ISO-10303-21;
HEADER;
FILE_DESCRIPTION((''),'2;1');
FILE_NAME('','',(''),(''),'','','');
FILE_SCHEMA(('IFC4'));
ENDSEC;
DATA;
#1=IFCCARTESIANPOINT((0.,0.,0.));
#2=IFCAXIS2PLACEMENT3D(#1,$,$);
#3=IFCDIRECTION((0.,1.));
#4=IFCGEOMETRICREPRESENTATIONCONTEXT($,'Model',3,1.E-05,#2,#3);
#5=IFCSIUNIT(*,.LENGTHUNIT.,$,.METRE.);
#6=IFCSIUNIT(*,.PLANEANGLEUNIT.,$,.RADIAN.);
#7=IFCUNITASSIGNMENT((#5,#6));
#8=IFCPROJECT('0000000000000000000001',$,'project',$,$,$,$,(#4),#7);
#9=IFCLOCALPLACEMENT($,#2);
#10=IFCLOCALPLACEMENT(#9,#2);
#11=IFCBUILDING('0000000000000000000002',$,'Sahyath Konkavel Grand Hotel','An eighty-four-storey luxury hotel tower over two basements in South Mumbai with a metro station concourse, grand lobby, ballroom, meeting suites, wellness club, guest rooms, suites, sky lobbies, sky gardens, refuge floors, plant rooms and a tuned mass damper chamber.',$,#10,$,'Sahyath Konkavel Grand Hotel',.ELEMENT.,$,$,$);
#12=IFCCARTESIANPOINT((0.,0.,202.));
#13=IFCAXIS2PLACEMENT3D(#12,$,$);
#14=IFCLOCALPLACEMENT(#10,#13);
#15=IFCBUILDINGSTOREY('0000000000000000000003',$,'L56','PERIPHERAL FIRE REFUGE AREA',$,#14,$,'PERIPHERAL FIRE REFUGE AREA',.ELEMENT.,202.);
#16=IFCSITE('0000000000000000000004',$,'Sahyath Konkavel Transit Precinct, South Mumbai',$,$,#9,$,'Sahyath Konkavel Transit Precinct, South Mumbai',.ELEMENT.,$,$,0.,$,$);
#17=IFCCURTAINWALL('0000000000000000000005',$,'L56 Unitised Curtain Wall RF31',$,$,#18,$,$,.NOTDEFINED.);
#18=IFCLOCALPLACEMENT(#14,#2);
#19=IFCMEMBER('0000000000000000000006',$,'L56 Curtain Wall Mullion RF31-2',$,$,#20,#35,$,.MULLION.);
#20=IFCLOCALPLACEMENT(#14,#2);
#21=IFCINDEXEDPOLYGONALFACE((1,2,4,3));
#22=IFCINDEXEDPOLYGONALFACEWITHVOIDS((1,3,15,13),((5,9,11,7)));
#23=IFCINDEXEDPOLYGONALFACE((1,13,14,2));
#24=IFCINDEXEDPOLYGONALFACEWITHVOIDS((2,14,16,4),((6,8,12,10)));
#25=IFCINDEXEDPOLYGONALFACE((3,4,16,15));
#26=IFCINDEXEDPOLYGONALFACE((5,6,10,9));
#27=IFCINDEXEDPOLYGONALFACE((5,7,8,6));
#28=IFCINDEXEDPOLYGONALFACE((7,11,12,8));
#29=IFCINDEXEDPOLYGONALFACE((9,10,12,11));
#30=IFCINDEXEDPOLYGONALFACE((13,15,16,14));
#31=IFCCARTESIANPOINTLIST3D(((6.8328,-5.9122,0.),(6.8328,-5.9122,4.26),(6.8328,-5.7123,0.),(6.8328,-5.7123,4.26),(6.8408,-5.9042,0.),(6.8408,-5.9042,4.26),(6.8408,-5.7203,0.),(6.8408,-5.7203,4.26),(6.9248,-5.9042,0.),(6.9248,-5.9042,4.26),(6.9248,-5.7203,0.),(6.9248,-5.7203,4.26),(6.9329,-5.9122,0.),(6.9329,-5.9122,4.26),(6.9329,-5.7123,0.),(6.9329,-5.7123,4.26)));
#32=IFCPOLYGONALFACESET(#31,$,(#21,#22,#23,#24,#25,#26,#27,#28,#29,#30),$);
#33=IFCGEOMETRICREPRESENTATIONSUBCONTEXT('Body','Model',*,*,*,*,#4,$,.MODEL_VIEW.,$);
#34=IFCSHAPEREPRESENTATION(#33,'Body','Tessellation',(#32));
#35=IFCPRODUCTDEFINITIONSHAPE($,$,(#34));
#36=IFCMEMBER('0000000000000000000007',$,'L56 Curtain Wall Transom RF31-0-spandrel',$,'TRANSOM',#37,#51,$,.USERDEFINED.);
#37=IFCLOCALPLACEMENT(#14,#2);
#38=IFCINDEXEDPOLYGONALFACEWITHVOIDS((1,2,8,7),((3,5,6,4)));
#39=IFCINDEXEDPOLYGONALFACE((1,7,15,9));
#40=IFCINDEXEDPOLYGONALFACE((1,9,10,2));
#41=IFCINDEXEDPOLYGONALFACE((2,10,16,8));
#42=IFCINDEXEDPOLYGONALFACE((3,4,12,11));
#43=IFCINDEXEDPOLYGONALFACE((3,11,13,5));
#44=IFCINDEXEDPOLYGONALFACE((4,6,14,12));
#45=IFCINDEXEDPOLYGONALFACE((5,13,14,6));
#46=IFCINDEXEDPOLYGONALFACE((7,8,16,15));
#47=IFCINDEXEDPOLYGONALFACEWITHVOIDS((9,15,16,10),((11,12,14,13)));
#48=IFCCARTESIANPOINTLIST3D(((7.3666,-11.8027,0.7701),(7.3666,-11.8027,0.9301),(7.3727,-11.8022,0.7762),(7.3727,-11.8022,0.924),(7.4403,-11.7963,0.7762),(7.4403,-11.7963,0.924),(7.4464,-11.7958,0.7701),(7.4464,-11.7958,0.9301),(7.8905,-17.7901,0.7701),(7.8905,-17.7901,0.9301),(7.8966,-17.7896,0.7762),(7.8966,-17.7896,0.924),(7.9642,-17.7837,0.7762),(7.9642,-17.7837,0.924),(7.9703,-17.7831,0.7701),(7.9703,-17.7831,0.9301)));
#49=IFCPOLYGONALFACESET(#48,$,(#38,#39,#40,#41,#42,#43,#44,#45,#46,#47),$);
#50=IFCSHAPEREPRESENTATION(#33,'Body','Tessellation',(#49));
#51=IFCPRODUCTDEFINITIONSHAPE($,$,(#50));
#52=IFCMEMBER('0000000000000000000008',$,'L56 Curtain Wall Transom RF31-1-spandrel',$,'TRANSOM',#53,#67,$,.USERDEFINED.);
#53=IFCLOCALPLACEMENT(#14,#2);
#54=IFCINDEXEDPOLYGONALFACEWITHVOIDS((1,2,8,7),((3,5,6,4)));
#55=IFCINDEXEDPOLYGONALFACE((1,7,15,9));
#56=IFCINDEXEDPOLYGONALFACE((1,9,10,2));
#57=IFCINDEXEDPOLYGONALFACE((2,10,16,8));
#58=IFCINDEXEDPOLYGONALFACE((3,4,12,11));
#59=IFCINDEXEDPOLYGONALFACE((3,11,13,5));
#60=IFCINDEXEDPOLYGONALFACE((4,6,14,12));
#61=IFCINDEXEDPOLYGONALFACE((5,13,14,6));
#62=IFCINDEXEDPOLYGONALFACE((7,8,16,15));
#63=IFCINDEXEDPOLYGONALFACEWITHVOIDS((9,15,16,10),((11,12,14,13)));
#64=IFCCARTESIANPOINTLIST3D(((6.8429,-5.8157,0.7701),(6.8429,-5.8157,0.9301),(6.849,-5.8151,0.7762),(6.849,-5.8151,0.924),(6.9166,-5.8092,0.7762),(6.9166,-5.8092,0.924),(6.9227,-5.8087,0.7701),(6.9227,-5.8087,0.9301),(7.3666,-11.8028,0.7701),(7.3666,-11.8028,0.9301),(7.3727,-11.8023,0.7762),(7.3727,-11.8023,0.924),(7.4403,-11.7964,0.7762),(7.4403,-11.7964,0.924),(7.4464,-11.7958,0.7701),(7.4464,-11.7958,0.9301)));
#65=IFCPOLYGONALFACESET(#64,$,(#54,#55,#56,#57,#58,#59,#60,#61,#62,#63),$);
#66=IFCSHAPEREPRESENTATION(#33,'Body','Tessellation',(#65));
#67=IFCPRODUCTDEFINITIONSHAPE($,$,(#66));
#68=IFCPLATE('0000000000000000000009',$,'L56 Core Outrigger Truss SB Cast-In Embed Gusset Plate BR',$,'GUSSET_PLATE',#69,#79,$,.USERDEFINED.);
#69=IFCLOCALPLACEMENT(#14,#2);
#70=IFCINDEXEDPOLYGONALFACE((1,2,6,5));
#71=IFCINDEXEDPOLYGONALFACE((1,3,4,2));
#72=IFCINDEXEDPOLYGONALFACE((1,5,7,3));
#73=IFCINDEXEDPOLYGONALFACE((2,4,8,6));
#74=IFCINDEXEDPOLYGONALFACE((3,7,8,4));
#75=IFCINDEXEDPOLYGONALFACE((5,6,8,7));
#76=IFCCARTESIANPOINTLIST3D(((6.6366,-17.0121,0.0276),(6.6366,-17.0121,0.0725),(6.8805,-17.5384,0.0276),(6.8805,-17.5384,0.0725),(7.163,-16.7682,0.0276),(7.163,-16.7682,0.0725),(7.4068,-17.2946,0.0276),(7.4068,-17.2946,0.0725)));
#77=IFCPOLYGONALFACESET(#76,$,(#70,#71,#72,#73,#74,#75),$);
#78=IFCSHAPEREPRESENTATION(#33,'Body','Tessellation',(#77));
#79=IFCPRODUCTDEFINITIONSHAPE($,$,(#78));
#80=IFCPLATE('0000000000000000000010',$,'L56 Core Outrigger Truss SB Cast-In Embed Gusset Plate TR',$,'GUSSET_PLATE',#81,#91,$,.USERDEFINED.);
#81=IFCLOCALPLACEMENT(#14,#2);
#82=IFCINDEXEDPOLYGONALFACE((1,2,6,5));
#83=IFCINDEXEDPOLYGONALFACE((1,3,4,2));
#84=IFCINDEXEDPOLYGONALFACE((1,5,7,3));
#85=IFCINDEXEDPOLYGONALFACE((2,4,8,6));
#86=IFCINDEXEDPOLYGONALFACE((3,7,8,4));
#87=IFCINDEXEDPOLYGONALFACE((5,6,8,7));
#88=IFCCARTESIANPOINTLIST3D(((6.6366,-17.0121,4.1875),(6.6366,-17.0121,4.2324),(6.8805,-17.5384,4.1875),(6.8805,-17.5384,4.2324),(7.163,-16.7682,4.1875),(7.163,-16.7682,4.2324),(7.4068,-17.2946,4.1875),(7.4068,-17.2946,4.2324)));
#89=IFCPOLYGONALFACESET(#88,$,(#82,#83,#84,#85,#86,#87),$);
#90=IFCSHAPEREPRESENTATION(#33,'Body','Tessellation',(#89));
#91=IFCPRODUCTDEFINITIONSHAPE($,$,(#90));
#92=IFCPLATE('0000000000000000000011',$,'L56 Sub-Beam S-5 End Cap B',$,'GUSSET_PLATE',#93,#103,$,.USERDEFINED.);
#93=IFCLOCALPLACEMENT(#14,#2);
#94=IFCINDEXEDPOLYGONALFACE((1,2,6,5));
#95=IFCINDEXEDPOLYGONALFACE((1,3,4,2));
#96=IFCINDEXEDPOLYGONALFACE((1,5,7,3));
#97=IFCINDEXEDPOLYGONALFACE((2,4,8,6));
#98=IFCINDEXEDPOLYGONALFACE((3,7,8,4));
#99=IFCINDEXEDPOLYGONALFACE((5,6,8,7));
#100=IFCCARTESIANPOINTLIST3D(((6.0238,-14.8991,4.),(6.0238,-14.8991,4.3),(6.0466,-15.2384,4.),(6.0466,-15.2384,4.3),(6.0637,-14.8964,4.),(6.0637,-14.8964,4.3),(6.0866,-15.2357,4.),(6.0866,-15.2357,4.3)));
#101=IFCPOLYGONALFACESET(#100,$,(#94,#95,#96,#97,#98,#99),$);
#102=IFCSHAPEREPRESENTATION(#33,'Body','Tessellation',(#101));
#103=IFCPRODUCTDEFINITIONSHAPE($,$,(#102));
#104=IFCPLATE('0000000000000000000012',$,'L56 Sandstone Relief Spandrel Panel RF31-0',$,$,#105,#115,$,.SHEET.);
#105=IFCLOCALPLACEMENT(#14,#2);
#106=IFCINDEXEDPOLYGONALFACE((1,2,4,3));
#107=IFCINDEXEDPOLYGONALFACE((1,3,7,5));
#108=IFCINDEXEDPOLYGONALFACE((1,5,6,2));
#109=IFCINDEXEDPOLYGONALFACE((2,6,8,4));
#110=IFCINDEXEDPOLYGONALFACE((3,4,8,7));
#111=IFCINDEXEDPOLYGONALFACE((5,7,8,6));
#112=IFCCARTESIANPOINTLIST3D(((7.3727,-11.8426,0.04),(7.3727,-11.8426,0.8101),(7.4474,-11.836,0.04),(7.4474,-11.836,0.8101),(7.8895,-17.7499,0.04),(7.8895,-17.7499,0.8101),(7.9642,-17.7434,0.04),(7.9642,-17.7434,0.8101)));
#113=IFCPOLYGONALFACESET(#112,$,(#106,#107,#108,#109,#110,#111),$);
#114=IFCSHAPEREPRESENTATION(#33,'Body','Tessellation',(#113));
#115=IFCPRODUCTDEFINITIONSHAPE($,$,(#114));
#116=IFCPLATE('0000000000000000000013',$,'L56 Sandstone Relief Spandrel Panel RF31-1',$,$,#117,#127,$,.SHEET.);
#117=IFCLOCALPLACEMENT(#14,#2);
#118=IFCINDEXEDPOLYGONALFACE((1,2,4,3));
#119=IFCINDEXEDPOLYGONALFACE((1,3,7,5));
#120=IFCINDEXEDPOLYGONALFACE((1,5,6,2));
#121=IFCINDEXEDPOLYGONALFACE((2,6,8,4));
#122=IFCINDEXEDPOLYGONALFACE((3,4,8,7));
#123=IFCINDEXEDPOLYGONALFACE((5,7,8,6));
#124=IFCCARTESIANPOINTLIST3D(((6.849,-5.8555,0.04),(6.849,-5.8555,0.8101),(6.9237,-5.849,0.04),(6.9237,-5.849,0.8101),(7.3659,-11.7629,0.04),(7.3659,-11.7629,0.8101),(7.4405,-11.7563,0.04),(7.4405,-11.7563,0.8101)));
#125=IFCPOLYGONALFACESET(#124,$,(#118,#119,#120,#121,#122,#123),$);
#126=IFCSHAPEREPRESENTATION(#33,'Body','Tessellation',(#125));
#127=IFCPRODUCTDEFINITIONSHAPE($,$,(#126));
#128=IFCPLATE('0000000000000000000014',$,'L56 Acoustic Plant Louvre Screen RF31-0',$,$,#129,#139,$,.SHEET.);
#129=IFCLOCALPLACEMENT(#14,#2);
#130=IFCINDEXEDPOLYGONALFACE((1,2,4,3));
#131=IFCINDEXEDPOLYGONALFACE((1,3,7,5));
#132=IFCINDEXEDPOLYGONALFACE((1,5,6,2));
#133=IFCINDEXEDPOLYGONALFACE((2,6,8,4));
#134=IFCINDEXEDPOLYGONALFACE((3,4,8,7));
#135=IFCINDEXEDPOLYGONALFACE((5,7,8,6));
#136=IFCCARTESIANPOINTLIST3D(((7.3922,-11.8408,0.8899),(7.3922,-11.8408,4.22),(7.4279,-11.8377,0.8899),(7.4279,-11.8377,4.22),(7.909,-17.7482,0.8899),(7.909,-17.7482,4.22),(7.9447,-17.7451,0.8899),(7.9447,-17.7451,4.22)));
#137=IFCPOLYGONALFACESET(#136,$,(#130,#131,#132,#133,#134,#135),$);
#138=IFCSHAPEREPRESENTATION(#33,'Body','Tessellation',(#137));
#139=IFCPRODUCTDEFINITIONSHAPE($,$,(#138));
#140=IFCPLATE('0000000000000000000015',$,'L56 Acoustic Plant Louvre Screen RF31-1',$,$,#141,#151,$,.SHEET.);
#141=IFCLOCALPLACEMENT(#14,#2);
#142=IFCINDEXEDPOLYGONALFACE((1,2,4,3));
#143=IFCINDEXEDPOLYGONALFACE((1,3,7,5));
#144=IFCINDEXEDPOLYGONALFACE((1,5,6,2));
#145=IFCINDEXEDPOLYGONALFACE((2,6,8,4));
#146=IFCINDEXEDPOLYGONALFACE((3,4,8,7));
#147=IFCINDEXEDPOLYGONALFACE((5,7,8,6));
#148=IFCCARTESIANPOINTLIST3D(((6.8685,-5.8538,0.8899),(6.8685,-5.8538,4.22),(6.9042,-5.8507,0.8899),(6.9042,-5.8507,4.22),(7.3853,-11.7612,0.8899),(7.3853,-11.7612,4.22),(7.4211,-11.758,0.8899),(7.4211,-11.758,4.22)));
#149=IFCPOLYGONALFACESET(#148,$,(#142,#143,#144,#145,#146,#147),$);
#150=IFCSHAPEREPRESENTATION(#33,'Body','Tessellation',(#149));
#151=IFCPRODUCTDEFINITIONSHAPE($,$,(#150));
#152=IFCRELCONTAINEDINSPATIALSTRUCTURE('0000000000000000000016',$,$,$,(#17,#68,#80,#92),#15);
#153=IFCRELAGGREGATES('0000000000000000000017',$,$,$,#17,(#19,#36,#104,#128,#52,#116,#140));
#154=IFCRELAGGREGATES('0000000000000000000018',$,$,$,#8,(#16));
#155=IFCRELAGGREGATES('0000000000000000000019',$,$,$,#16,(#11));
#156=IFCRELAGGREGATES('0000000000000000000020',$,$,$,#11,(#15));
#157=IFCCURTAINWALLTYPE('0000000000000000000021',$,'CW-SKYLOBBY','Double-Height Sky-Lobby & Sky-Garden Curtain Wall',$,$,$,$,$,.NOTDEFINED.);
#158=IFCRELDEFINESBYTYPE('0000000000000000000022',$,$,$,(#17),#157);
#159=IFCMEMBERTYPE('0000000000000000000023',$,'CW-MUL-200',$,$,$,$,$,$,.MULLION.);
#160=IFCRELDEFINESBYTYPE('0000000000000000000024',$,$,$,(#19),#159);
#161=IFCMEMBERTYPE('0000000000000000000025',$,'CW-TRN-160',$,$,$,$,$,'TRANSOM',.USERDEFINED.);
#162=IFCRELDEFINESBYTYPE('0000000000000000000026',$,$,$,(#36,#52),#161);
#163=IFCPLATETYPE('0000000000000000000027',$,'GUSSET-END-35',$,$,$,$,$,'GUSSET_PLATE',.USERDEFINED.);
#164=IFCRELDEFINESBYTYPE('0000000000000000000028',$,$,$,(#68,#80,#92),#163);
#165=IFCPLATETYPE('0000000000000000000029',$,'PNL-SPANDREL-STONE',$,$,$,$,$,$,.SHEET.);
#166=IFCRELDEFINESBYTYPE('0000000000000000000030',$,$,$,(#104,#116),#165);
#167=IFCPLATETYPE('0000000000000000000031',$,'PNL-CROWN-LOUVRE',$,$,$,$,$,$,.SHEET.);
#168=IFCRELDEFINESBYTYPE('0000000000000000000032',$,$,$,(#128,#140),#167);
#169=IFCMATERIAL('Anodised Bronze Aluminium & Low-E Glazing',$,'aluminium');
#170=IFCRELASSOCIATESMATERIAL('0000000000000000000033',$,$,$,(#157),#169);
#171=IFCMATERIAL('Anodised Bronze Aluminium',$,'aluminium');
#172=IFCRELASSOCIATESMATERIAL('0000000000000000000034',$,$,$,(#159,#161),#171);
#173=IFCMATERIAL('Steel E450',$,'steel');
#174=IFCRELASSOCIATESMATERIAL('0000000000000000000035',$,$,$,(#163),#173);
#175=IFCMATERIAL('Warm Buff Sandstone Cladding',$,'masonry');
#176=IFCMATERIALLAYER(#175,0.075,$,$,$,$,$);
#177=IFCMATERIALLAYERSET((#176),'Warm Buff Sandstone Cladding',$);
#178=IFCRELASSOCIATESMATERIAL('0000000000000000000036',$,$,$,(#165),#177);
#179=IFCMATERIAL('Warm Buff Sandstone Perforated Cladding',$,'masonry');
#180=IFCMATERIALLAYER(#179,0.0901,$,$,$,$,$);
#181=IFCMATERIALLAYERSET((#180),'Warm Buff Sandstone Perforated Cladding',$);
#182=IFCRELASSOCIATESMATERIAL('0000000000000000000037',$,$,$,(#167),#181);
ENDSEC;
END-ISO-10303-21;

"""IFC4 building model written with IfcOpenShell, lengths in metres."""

from ifc_helpers import new_model, si_unit, direction, frame, origin, origin_2d, place, context, subcontext, project, spatial, rectangle, hollow_rectangle, extrude, source, transform, mapped, material, layer, layer_set, material_profile, profile_set, type_object, element, aggregate, save


model = new_model("IFC4")

# Units and contexts
model_context = context("Model", 3, precision=1e-05, world=origin(), true_north=direction((0.0, 1.0)))
body_context = subcontext(model_context, "Body", "Model", "MODEL_VIEW")
ifc_project = project(units=[si_unit("LENGTHUNIT", "METRE"), si_unit("PLANEANGLEUNIT", "RADIAN")], contexts=[model_context])

# Site, building, storey
site_placement = place(None, origin())
site = spatial("IfcSite", under=ifc_project, at=site_placement, Name="Sahyath Konkavel Transit Precinct, South Mumbai", LongName="Sahyath Konkavel Transit Precinct, South Mumbai", CompositionType="ELEMENT", RefElevation=0.0)
building_placement = place(site_placement, origin())
building = spatial("IfcBuilding", under=site, at=building_placement, Name="Sahyath Konkavel Grand Hotel", Description="An eighty-four-storey luxury hotel tower over two basements in South Mumbai with a metro station concourse, grand lobby, ballroom, meeting suites, wellness club, guest rooms, suites, sky lobbies, sky gardens, refuge floors, plant rooms and a tuned mass damper chamber.", LongName="Sahyath Konkavel Grand Hotel", CompositionType="ELEMENT")
storey_placement = place(building_placement, frame((0.0, 0.0, 202.0)))
storey = spatial("IfcBuildingStorey", under=building, at=storey_placement, Name="L56", Description="PERIPHERAL FIRE REFUGE AREA", LongName="PERIPHERAL FIRE REFUGE AREA", CompositionType="ELEMENT", Elevation=202.0)

# Shared definitions
ifc_material_1 = material(Name="Steel E450", Category="steel")

# Shared definitions
ifc_material_2 = material(Name="Anodised Bronze Aluminium & Low-E Glazing", Category="aluminium")
curtain_wall_type = type_object("IfcCurtainWallType", Name="CW-SKYLOBBY", Description="Double-Height Sky-Lobby & Sky-Garden Curtain Wall", PredefinedType="NOTDEFINED", material=ifc_material_2)
ifc_material_3 = material(Name="Anodised Bronze Aluminium", Category="aluminium")
ifc_material_profile_1 = material_profile(ifc_material_3, hollow_rectangle(XDim=0.1001, YDim=0.2, WallThickness=0.0081, at=origin_2d()), Name="RHS 200x100x8")
ifc_profile_set_1 = profile_set([ifc_material_profile_1], Name="Anodised Bronze Aluminium")
member_type_1 = type_object("IfcMemberType", Name="CW-MUL-200", PredefinedType="MULLION", material=ifc_profile_set_1)
shared_shape_1 = source(origin(), body_context, "Body", "SweptSolid", [
    extrude(hollow_rectangle(XDim=0.1001, YDim=0.2, WallThickness=0.0081, at=origin_2d()), origin(), (0.0, 0.0, 1.0), 4.26),
])

# Curtain wall, members
curtain_wall_1_placement = place(storey_placement, origin())
curtain_wall_1 = element("IfcCurtainWall", 1, at=curtain_wall_1_placement, inside=storey, type_object=curtain_wall_type, Name="L56 Unitised Curtain Wall RF31", PredefinedType="NOTDEFINED")
member_1_placement = place(storey_placement, frame((6.8828, -5.8123, 0.0), z_axis=(0.0, 0.0, 1.0), x_axis=(1.0, 0.0, 0.0)))
member_1 = element("IfcMember", 2, at=member_1_placement, type_object=member_type_1, Name="L56 Curtain Wall Mullion RF31-2", PredefinedType="MULLION", context=body_context, shape_type="MappedRepresentation", body=[
    mapped(shared_shape_1, transform((0.0, 0.0, 0.0), scale=1.0)),
])
ifc_material_profile_2 = material_profile(ifc_material_3, hollow_rectangle(XDim=0.0801, YDim=0.1599, WallThickness=0.0061, at=origin_2d()), Name="RHS 160x80x6")
ifc_profile_set_2 = profile_set([ifc_material_profile_2], Name="Anodised Bronze Aluminium")
member_type_2 = type_object("IfcMemberType", Name="CW-TRN-160", ElementType="TRANSOM", PredefinedType="USERDEFINED", material=ifc_profile_set_2)
shared_shape_2 = source(origin(), body_context, "Body", "SweptSolid", [
    extrude(hollow_rectangle(XDim=0.0801, YDim=0.1599, WallThickness=0.0061, at=origin_2d()), origin(), (0.0, 0.0, 1.0), 6.0103),
])
member_2_placement = place(storey_placement, frame((7.9304, -17.7866, 0.8501), z_axis=(-0.087173, 0.996193, 0.0), x_axis=(-0.996193, -0.087173, 0.0)))
member_2 = element("IfcMember", 3, at=member_2_placement, type_object=member_type_2, Name="L56 Curtain Wall Transom RF31-0-spandrel", ObjectType="TRANSOM", PredefinedType="USERDEFINED", context=body_context, shape_type="MappedRepresentation", body=[
    mapped(shared_shape_2, transform((0.0, 0.0, 0.0), scale=1.0)),
])
shared_shape_3 = source(origin(), body_context, "Body", "SweptSolid", [
    extrude(hollow_rectangle(XDim=0.0801, YDim=0.1599, WallThickness=0.0061, at=origin_2d()), origin(), (0.0, 0.0, 1.0), 6.01),
])
member_3_placement = place(storey_placement, frame((7.4065, -11.7993, 0.8501), z_axis=(-0.087136, 0.996196, 0.0), x_axis=(-0.996196, -0.087136, 0.0)))
member_3 = element("IfcMember", 4, at=member_3_placement, type_object=member_type_2, Name="L56 Curtain Wall Transom RF31-1-spandrel", ObjectType="TRANSOM", PredefinedType="USERDEFINED", context=body_context, shape_type="MappedRepresentation", body=[
    mapped(shared_shape_3, transform((0.0, 0.0, 0.0), scale=1.0)),
])

# Plates
plate_type_1 = type_object("IfcPlateType", Name="GUSSET-END-35", ElementType="GUSSET_PLATE", PredefinedType="USERDEFINED", material=ifc_material_1)
shared_shape_4 = source(origin(), body_context, "Body", "SweptSolid", [
    extrude(rectangle(XDim=0.5801, YDim=0.5801, at=origin_2d()), origin(), (0.0, 0.0, 1.0), 0.0449),
])
for number, where, z_axis, x_axis, name in (
    (5, (7.0217, -17.1533, 0.0276), (0.0, 0.0, 1.0), (0.420402, -0.907338, 0.0), "L56 Core Outrigger Truss SB Cast-In Embed Gusset Plate BR"),
    (6, (7.0217, -17.1533, 4.1875), (0.0, 0.0, 1.0), (0.420402, -0.907338, 0.0), "L56 Core Outrigger Truss SB Cast-In Embed Gusset Plate TR"),
):
    element("IfcPlate", number, at=place(storey_placement, frame(where, z_axis=z_axis, x_axis=x_axis)), inside=storey, type_object=plate_type_1, Name=name, ObjectType="GUSSET_PLATE", PredefinedType="USERDEFINED", context=body_context, shape_type="MappedRepresentation", body=[
        mapped(shared_shape_4, transform((0.0, 0.0, 0.0), scale=1.0)),
    ])
shared_shape_5 = source(origin(), body_context, "Body", "SweptSolid", [
    extrude(rectangle(XDim=0.04, YDim=0.3401, at=origin_2d()), origin(), (0.0, 0.0, 1.0), 0.3),
])
plate_1_placement = place(storey_placement, frame((6.0552, -15.0674, 4.0), z_axis=(0.0, 0.0, 1.0), x_axis=(0.997734, 0.067284, 0.0)))
element("IfcPlate", 7, at=plate_1_placement, inside=storey, type_object=plate_type_1, Name="L56 Sub-Beam S-5 End Cap B", ObjectType="GUSSET_PLATE", PredefinedType="USERDEFINED", context=body_context, shape_type="MappedRepresentation", body=[
    mapped(shared_shape_5, transform((0.0, 0.0, 0.0), scale=1.0)),
])

# Plates
ifc_material_4 = material(Name="Warm Buff Sandstone Cladding", Category="masonry")
ifc_layer_1 = layer(ifc_material_4, 0.075)
ifc_layer_set_1 = layer_set([ifc_layer_1], Name="Warm Buff Sandstone Cladding")
plate_type_2 = type_object("IfcPlateType", Name="PNL-SPANDREL-STONE", PredefinedType="SHEET", material=ifc_layer_set_1)
shared_shape_6 = source(origin(), body_context, "Body", "SweptSolid", [
    extrude(rectangle(XDim=5.9299, YDim=0.075, at=origin_2d()), origin(), (0.0, 0.0, 1.0), 0.77),
])
plate_2_placement = place(storey_placement, frame((7.6685, -14.793, 0.04), z_axis=(0.0, 0.0, 1.0), x_axis=(-0.087156, 0.996195, 0.0)))
plate_2 = element("IfcPlate", 8, at=plate_2_placement, type_object=plate_type_2, Name="L56 Sandstone Relief Spandrel Panel RF31-0", PredefinedType="SHEET", context=body_context, shape_type="MappedRepresentation", body=[
    mapped(shared_shape_6, transform((0.0, 0.0, 0.0), scale=1.0)),
])
plate_3_placement = place(storey_placement, frame((7.1448, -8.8059, 0.04), z_axis=(0.0, 0.0, 1.0), x_axis=(-0.087156, 0.996195, 0.0)))
plate_3 = element("IfcPlate", 9, at=plate_3_placement, type_object=plate_type_2, Name="L56 Sandstone Relief Spandrel Panel RF31-1", PredefinedType="SHEET", context=body_context, shape_type="MappedRepresentation", body=[
    mapped(shared_shape_6, transform((0.0, 0.0, 0.0), scale=1.0)),
])
ifc_material_5 = material(Name="Warm Buff Sandstone Perforated Cladding", Category="masonry")
ifc_layer_2 = layer(ifc_material_5, 0.0901)
ifc_layer_set_2 = layer_set([ifc_layer_2], Name="Warm Buff Sandstone Perforated Cladding")
plate_type_3 = type_object("IfcPlateType", Name="PNL-CROWN-LOUVRE", PredefinedType="SHEET", material=ifc_layer_set_2)
shared_shape_7 = source(origin(), body_context, "Body", "SweptSolid", [
    extrude(rectangle(XDim=5.9299, YDim=0.0359, at=origin_2d()), origin(), (0.0, 0.0, 1.0), 3.3301),
])
plate_4_placement = place(storey_placement, frame((7.6685, -14.793, 0.8899), z_axis=(0.0, 0.0, 1.0), x_axis=(-0.087156, 0.996195, 0.0)))
plate_4 = element("IfcPlate", 10, at=plate_4_placement, type_object=plate_type_3, Name="L56 Acoustic Plant Louvre Screen RF31-0", PredefinedType="SHEET", context=body_context, shape_type="MappedRepresentation", body=[
    mapped(shared_shape_7, transform((0.0, 0.0, 0.0), scale=1.0)),
])
plate_5_placement = place(storey_placement, frame((7.1448, -8.8059, 0.8899), z_axis=(0.0, 0.0, 1.0), x_axis=(-0.087156, 0.996195, 0.0)))
plate_5 = element("IfcPlate", 11, at=plate_5_placement, type_object=plate_type_3, Name="L56 Acoustic Plant Louvre Screen RF31-1", PredefinedType="SHEET", context=body_context, shape_type="MappedRepresentation", body=[
    mapped(shared_shape_7, transform((0.0, 0.0, 0.0), scale=1.0)),
])
aggregate(curtain_wall_1, [member_1, member_2, plate_2, plate_4, member_3, plate_3, plate_5])

save(model, "model.ifc")
